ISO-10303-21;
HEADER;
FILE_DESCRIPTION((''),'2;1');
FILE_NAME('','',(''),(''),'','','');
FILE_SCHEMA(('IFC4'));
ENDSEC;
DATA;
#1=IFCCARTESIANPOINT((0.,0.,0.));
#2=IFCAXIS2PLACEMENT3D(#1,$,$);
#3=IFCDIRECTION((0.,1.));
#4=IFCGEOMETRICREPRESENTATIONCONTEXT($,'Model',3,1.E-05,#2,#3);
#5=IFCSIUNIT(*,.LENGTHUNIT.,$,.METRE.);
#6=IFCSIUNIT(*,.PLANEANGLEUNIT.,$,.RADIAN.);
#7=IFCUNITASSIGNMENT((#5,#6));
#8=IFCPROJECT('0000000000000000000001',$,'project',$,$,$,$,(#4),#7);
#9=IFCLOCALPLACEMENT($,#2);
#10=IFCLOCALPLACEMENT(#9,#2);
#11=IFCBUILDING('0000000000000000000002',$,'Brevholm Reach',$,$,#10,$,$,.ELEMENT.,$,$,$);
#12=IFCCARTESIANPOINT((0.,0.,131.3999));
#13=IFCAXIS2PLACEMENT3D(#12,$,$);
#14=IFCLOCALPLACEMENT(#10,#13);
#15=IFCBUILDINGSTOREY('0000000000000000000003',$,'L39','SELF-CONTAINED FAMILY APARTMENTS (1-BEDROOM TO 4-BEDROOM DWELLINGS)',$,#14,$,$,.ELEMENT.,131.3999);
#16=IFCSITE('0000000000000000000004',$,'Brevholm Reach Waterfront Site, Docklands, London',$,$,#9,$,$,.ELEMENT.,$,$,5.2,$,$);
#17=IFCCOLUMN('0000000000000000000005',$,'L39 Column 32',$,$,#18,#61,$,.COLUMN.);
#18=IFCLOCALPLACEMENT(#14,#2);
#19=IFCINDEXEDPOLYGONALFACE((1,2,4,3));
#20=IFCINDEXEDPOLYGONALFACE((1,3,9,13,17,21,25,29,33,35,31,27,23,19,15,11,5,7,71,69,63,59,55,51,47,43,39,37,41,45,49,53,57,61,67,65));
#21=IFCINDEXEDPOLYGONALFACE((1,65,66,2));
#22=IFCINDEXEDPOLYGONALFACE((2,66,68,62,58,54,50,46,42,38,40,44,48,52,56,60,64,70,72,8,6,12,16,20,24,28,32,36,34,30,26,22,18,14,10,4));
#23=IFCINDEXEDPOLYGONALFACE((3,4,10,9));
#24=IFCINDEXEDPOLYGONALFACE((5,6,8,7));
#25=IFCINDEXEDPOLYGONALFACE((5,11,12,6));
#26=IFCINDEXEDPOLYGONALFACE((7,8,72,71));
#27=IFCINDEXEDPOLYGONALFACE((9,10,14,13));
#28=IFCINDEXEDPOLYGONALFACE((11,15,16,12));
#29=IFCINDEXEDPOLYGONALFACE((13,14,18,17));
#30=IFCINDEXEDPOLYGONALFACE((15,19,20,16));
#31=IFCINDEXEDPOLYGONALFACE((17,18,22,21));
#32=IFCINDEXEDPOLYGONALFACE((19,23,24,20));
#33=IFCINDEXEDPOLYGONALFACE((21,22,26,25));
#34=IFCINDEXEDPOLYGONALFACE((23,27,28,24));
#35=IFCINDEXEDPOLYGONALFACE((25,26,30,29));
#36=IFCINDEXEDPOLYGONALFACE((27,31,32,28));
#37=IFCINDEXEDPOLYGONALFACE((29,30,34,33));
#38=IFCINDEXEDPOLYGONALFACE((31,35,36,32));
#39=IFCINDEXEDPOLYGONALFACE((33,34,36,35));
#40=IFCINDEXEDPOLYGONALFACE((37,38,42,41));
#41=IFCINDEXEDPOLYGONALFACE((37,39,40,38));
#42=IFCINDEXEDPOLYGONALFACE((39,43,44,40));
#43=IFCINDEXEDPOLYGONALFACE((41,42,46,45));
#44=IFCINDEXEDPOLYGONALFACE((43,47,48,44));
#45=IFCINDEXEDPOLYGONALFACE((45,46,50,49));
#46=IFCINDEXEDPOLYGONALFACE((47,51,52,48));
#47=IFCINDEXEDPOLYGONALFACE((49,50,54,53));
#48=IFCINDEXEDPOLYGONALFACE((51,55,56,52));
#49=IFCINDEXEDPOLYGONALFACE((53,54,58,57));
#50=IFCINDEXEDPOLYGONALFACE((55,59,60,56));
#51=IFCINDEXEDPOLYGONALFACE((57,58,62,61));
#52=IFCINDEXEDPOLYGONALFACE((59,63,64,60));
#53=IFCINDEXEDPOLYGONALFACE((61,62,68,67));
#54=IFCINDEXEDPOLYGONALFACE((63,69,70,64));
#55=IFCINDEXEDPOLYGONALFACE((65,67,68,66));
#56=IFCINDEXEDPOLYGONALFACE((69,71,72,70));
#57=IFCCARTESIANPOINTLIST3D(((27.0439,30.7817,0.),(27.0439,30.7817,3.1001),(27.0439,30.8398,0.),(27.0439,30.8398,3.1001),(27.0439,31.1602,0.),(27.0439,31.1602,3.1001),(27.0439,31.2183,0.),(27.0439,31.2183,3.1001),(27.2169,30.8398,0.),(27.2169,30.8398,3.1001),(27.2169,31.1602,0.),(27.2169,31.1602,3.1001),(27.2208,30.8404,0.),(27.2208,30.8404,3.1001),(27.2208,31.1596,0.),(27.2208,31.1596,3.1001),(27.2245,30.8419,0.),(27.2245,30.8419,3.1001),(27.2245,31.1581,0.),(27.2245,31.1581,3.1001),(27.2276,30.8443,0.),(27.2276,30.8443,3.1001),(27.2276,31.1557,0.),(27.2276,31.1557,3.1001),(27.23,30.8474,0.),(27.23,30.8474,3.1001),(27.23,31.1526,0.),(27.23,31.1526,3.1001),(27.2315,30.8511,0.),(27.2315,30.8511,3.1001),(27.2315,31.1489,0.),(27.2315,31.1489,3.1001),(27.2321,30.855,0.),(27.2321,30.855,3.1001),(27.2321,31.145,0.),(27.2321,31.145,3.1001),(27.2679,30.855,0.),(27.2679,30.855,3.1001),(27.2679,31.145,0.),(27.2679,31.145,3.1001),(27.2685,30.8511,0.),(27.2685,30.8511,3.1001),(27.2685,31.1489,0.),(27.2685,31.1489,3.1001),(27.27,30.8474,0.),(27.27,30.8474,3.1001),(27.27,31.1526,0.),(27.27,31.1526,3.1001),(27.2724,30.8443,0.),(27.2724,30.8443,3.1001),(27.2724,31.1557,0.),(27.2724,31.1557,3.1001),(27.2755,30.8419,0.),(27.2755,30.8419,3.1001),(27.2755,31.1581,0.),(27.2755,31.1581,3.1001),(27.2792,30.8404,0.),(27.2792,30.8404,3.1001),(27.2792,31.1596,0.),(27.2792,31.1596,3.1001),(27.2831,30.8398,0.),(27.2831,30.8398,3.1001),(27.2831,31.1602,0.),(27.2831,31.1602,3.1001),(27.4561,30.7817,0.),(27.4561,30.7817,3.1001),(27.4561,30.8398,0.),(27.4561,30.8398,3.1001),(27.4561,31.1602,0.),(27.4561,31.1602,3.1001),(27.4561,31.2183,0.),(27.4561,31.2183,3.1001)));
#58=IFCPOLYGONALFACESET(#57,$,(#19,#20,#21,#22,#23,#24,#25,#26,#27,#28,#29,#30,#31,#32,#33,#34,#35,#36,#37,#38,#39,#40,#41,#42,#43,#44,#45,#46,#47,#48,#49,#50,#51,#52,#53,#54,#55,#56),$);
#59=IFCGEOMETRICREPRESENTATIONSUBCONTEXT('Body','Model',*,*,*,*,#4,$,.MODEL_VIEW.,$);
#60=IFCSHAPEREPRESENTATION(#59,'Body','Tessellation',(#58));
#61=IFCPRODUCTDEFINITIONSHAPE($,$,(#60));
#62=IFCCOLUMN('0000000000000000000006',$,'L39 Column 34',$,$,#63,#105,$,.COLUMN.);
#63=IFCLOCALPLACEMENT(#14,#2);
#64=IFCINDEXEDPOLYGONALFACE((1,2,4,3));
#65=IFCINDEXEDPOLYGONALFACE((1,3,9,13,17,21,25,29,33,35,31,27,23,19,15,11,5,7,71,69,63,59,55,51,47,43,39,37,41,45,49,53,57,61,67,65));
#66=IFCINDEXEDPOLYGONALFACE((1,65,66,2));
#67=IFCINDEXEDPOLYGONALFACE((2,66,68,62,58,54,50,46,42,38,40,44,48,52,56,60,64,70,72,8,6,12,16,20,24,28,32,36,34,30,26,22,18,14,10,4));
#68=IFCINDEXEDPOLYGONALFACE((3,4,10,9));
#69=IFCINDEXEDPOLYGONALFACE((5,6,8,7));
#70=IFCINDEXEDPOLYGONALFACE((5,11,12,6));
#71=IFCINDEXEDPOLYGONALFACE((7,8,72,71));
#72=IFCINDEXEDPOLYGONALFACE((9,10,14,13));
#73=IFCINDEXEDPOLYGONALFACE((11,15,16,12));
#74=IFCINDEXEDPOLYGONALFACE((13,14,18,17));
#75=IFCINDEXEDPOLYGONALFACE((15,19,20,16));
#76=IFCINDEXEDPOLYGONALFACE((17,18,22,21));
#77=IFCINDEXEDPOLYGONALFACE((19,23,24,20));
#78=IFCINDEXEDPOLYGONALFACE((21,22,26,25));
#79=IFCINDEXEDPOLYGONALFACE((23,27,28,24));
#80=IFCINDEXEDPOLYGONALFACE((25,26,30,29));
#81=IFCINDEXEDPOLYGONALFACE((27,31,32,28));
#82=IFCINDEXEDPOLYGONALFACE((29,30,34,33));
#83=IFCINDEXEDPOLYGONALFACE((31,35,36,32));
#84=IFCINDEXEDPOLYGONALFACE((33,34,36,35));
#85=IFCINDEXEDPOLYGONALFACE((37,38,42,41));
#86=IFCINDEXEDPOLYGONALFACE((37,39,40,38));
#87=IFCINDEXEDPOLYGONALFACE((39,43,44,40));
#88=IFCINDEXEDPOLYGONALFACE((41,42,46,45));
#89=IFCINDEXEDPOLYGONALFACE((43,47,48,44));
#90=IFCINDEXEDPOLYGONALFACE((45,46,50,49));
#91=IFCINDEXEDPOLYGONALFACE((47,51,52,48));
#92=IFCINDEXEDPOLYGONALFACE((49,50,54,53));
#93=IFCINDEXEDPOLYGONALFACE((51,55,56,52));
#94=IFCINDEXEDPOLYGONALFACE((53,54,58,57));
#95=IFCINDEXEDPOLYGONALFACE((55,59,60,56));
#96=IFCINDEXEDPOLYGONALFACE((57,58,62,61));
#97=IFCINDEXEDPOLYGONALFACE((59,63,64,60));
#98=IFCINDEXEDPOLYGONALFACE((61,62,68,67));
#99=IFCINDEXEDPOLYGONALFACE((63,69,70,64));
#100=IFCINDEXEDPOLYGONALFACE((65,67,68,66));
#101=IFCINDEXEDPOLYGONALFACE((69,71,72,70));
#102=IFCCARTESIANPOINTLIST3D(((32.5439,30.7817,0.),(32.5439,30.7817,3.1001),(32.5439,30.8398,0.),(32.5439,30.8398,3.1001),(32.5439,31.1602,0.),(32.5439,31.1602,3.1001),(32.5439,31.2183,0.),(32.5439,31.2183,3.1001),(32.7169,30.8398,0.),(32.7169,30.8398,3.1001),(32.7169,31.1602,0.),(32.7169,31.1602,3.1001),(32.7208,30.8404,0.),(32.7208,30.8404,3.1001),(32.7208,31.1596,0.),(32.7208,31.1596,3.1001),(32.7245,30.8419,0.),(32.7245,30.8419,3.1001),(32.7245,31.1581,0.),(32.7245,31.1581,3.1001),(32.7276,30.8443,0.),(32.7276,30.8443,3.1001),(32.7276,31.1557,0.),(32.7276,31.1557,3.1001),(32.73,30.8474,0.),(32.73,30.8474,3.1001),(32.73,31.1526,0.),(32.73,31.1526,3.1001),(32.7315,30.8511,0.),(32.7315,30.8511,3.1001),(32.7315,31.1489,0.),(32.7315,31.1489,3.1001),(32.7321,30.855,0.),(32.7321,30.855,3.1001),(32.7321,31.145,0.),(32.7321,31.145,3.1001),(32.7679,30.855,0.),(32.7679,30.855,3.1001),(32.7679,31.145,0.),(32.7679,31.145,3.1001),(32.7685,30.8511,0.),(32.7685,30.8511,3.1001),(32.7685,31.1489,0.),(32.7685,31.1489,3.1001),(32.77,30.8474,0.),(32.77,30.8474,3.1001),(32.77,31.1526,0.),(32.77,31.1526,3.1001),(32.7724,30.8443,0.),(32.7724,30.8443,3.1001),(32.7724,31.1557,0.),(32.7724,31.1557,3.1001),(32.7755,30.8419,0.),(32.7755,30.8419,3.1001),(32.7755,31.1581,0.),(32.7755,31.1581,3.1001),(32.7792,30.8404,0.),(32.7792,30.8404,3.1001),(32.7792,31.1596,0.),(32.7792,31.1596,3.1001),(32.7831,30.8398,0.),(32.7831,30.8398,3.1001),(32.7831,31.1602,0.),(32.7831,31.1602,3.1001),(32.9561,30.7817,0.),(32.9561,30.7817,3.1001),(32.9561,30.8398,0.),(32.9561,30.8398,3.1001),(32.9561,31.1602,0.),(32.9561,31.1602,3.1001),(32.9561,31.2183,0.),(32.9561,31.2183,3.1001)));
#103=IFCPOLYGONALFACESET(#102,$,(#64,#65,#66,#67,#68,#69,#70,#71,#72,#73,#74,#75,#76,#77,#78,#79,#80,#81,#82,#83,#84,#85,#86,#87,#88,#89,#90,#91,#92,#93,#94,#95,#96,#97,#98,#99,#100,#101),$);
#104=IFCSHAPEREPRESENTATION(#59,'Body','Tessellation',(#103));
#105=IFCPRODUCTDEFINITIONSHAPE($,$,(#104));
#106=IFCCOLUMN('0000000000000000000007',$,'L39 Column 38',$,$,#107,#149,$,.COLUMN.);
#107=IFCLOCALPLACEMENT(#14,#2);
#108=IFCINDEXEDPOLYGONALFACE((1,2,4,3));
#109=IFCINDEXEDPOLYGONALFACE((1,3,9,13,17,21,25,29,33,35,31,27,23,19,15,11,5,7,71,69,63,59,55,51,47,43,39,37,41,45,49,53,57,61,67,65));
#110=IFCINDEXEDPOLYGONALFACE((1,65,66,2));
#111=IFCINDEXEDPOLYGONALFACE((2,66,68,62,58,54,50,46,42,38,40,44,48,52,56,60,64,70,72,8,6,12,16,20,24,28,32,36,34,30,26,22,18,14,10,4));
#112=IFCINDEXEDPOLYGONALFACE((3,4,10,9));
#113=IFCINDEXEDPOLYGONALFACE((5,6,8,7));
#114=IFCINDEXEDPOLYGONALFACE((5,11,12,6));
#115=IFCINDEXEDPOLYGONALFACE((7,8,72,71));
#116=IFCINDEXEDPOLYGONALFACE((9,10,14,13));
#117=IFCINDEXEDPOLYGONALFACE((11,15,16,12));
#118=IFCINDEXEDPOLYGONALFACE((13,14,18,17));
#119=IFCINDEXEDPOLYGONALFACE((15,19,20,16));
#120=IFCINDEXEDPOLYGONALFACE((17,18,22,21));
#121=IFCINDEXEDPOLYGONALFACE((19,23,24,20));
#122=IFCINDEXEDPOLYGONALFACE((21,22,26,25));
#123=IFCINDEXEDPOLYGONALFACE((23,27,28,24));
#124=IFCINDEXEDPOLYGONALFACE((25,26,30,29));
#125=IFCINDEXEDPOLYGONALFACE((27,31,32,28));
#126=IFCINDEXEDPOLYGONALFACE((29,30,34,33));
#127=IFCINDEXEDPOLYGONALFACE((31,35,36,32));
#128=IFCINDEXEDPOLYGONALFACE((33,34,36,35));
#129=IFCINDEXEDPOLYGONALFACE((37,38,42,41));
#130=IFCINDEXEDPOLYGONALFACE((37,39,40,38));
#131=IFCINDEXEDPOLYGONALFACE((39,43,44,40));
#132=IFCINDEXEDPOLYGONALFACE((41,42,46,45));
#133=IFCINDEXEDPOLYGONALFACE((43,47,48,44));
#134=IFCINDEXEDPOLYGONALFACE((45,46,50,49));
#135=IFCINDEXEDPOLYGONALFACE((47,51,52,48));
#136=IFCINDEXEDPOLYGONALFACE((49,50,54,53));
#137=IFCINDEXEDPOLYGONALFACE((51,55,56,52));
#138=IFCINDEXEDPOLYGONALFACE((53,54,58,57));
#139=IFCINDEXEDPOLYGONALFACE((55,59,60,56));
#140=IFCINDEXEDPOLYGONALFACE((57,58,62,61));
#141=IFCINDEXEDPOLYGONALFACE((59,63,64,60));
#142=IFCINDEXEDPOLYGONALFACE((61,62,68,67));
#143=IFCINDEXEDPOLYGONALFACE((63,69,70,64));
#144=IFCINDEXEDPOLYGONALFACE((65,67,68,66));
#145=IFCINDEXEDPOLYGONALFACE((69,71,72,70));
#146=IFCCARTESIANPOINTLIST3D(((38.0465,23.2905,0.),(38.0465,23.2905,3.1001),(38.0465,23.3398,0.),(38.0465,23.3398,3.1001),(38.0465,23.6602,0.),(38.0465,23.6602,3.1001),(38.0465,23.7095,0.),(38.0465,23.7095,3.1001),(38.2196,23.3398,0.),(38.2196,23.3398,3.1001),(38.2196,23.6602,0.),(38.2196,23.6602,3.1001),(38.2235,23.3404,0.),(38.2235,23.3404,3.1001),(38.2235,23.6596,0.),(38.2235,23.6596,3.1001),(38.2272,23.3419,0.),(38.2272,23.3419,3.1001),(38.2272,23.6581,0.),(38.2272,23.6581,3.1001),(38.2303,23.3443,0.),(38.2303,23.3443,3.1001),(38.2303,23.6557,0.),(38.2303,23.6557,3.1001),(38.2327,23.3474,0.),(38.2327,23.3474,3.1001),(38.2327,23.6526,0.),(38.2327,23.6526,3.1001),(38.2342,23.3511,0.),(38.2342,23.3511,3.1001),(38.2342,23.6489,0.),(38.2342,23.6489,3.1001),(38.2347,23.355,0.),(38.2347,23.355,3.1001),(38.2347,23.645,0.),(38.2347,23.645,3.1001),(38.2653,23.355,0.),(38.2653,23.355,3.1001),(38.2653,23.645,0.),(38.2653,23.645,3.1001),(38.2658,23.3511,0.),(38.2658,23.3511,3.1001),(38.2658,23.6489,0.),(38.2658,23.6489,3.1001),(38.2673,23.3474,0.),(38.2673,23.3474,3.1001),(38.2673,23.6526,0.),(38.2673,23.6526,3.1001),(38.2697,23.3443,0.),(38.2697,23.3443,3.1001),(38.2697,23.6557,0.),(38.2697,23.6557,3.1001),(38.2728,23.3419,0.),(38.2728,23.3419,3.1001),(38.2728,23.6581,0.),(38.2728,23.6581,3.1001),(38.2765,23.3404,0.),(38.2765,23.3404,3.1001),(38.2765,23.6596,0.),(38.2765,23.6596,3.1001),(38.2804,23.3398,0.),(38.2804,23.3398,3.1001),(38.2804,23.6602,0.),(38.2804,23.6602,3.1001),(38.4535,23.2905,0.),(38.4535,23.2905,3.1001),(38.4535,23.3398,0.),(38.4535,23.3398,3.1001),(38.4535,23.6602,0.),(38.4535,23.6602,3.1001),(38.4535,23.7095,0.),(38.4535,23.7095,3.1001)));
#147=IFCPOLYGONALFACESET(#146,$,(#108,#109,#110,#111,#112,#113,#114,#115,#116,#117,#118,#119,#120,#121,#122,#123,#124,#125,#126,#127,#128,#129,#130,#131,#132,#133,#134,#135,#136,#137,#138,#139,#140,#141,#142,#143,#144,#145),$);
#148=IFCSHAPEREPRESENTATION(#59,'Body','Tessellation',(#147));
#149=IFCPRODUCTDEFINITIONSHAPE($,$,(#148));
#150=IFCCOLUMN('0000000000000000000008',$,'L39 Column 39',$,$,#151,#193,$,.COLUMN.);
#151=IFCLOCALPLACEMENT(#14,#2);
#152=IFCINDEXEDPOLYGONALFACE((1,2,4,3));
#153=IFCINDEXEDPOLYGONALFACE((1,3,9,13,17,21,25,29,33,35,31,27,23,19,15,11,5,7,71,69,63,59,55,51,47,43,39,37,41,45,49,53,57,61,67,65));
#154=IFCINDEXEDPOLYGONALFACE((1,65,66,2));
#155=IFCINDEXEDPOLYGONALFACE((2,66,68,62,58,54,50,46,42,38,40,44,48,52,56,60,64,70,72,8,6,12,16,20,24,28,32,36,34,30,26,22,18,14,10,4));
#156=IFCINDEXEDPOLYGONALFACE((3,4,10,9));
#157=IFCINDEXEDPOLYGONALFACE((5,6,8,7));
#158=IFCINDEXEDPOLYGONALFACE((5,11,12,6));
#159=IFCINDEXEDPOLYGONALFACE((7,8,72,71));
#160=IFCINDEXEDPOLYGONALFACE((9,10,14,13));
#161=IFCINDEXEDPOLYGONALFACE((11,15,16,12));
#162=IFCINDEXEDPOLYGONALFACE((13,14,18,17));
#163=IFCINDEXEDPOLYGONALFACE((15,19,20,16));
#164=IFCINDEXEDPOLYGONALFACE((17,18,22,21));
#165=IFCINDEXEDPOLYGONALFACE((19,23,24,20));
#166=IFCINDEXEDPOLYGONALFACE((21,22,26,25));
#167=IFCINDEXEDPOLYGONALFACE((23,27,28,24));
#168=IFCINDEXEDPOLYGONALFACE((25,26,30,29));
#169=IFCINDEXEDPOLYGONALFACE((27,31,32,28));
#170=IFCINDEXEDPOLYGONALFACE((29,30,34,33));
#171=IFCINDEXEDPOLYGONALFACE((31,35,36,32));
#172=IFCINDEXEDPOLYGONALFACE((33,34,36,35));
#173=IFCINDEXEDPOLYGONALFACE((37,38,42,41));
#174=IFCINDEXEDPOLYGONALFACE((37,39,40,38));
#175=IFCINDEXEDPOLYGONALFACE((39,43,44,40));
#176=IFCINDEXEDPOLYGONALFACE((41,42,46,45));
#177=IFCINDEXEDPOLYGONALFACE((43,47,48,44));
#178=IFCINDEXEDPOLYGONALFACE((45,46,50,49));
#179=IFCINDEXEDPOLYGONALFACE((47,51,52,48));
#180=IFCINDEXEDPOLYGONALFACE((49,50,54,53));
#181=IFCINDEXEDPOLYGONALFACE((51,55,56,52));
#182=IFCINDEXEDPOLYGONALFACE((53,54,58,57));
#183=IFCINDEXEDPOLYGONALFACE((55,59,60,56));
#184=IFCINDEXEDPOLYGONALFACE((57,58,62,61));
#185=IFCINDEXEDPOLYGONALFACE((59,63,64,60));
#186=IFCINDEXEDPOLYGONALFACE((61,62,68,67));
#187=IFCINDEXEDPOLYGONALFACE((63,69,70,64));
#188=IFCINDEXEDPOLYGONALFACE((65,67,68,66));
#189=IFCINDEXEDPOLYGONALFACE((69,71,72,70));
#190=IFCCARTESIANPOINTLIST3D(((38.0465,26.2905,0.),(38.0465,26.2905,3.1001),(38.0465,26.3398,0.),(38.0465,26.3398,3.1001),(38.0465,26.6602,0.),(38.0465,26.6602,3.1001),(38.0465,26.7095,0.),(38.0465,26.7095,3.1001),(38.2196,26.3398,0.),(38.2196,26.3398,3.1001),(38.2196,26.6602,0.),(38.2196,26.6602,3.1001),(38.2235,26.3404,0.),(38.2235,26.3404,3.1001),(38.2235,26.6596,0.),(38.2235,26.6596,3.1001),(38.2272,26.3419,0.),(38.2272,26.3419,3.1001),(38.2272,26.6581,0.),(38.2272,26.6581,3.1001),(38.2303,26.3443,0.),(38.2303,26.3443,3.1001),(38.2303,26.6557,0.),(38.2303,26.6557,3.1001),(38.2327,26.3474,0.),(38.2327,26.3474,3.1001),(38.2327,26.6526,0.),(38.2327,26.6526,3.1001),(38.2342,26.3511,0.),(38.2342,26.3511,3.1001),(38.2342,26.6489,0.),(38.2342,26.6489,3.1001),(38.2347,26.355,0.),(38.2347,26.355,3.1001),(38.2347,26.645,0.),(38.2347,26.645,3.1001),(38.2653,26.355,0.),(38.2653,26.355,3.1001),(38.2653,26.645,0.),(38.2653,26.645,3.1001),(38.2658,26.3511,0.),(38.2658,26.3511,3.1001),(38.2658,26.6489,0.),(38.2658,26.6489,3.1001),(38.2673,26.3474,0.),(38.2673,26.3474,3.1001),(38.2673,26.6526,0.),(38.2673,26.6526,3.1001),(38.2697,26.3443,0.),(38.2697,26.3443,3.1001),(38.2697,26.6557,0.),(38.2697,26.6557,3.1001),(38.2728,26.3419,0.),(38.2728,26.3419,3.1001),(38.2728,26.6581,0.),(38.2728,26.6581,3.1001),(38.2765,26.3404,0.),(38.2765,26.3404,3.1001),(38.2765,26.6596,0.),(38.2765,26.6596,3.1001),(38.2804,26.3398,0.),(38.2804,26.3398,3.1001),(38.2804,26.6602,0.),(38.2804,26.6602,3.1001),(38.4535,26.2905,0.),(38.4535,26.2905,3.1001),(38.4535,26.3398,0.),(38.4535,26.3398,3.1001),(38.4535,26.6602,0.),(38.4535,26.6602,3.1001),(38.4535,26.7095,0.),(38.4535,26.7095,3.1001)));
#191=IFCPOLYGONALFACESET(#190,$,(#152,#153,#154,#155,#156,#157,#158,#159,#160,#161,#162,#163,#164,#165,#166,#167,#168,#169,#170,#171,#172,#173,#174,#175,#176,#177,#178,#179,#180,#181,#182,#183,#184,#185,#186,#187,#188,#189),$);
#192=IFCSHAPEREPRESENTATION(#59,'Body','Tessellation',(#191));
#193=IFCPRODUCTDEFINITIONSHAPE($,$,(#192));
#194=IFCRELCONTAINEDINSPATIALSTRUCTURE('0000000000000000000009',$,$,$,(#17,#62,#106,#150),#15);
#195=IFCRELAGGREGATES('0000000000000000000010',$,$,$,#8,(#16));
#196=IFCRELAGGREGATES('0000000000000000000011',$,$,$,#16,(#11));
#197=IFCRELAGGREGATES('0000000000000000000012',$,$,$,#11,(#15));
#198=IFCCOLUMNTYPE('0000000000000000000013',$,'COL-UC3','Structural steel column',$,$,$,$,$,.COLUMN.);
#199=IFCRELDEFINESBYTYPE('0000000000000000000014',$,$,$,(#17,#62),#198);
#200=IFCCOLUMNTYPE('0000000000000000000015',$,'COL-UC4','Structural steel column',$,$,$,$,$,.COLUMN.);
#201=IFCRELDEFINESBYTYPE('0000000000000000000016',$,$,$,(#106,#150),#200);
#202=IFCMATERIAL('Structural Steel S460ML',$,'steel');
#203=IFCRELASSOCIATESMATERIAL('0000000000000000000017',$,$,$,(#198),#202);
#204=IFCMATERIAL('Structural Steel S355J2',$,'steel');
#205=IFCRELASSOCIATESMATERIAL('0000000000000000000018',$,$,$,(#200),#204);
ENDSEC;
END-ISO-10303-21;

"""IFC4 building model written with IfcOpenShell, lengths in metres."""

from ifc_helpers import new_model, si_unit, direction, frame, origin, origin_2d, place, context, subcontext, project, spatial, i_section, extrude, material, material_profile, profile_set, type_object, element, save


model = new_model("IFC4")

# Units and contexts
model_context = context("Model", 3, precision=1e-05, world=origin(), true_north=direction((0.0, 1.0)))
body_context = subcontext(model_context, "Body", "Model", "MODEL_VIEW")
ifc_project = project(units=[si_unit("LENGTHUNIT", "METRE"), si_unit("PLANEANGLEUNIT", "RADIAN")], contexts=[model_context])

# Site, building, storey
site_placement = place(None, origin())
site = spatial("IfcSite", under=ifc_project, at=site_placement, Name="Brevholm Reach Waterfront Site, Docklands, London", CompositionType="ELEMENT", RefElevation=5.2)
building_placement = place(site_placement, origin())
building = spatial("IfcBuilding", under=site, at=building_placement, Name="Brevholm Reach", CompositionType="ELEMENT")
storey_placement = place(building_placement, frame((0.0, 0.0, 131.3999)))
storey = spatial("IfcBuildingStorey", under=building, at=storey_placement, Name="L39", Description="SELF-CONTAINED FAMILY APARTMENTS (1-BEDROOM TO 4-BEDROOM DWELLINGS)", CompositionType="ELEMENT", Elevation=131.3999)

# Columns
ifc_material_1 = material(Name="Structural Steel S460ML", Category="steel")
ifc_material_profile_1 = material_profile(ifc_material_1, i_section(OverallWidth=0.4121, OverallDepth=0.4365, WebThickness=0.0359, FlangeThickness=0.0581, FilletRadius=0.0151, at=origin_2d()), Name="UKC 356x406x467")
ifc_profile_set_1 = profile_set([ifc_material_profile_1], Name="Structural Steel S460ML")
column_type_1 = type_object("IfcColumnType", Name="COL-UC3", Description="Structural steel column", PredefinedType="COLUMN", material=ifc_profile_set_1)
for number, where, z_axis, x_axis, name in (
    (1, (27.25, 31.0, 0.0), (0.0, 0.0, 1.0), (1.0, 0.0, 0.0), "L39 Column 32"),
    (2, (32.75, 31.0, 0.0), (0.0, 0.0, 1.0), (1.0, 0.0, 0.0), "L39 Column 34"),
):
    element("IfcColumn", number, at=place(storey_placement, frame(where, z_axis=z_axis, x_axis=x_axis)), inside=storey, type_object=column_type_1, Name=name, PredefinedType="COLUMN", context=body_context, shape_type="SweptSolid", body=[
        extrude(i_section(OverallWidth=0.4121, OverallDepth=0.4365, WebThickness=0.0359, FlangeThickness=0.0581, FilletRadius=0.0151, at=origin_2d()), origin(), (0.0, 0.0, 1.0), 3.1001),
    ])
ifc_material_2 = material(Name="Structural Steel S355J2", Category="steel")
ifc_material_profile_2 = material_profile(ifc_material_2, i_section(OverallWidth=0.407, OverallDepth=0.4189, WebThickness=0.0305, FlangeThickness=0.0493, FilletRadius=0.0151, at=origin_2d()), Name="UKC 356x406x393")
ifc_profile_set_2 = profile_set([ifc_material_profile_2], Name="Structural Steel S355J2")
column_type_2 = type_object("IfcColumnType", Name="COL-UC4", Description="Structural steel column", PredefinedType="COLUMN", material=ifc_profile_set_2)
for number, where, z_axis, x_axis, name in (
    (3, (38.25, 23.5, 0.0), (0.0, 0.0, 1.0), (1.0, 0.0, 0.0), "L39 Column 38"),
    (4, (38.25, 26.5, 0.0), (0.0, 0.0, 1.0), (1.0, 0.0, 0.0), "L39 Column 39"),
):
    element("IfcColumn", number, at=place(storey_placement, frame(where, z_axis=z_axis, x_axis=x_axis)), inside=storey, type_object=column_type_2, Name=name, PredefinedType="COLUMN", context=body_context, shape_type="SweptSolid", body=[
        extrude(i_section(OverallWidth=0.407, OverallDepth=0.4189, WebThickness=0.0305, FlangeThickness=0.0493, FilletRadius=0.0151, at=origin_2d()), origin(), (0.0, 0.0, 1.0), 3.1001),
    ])

save(model, "model.ifc")
